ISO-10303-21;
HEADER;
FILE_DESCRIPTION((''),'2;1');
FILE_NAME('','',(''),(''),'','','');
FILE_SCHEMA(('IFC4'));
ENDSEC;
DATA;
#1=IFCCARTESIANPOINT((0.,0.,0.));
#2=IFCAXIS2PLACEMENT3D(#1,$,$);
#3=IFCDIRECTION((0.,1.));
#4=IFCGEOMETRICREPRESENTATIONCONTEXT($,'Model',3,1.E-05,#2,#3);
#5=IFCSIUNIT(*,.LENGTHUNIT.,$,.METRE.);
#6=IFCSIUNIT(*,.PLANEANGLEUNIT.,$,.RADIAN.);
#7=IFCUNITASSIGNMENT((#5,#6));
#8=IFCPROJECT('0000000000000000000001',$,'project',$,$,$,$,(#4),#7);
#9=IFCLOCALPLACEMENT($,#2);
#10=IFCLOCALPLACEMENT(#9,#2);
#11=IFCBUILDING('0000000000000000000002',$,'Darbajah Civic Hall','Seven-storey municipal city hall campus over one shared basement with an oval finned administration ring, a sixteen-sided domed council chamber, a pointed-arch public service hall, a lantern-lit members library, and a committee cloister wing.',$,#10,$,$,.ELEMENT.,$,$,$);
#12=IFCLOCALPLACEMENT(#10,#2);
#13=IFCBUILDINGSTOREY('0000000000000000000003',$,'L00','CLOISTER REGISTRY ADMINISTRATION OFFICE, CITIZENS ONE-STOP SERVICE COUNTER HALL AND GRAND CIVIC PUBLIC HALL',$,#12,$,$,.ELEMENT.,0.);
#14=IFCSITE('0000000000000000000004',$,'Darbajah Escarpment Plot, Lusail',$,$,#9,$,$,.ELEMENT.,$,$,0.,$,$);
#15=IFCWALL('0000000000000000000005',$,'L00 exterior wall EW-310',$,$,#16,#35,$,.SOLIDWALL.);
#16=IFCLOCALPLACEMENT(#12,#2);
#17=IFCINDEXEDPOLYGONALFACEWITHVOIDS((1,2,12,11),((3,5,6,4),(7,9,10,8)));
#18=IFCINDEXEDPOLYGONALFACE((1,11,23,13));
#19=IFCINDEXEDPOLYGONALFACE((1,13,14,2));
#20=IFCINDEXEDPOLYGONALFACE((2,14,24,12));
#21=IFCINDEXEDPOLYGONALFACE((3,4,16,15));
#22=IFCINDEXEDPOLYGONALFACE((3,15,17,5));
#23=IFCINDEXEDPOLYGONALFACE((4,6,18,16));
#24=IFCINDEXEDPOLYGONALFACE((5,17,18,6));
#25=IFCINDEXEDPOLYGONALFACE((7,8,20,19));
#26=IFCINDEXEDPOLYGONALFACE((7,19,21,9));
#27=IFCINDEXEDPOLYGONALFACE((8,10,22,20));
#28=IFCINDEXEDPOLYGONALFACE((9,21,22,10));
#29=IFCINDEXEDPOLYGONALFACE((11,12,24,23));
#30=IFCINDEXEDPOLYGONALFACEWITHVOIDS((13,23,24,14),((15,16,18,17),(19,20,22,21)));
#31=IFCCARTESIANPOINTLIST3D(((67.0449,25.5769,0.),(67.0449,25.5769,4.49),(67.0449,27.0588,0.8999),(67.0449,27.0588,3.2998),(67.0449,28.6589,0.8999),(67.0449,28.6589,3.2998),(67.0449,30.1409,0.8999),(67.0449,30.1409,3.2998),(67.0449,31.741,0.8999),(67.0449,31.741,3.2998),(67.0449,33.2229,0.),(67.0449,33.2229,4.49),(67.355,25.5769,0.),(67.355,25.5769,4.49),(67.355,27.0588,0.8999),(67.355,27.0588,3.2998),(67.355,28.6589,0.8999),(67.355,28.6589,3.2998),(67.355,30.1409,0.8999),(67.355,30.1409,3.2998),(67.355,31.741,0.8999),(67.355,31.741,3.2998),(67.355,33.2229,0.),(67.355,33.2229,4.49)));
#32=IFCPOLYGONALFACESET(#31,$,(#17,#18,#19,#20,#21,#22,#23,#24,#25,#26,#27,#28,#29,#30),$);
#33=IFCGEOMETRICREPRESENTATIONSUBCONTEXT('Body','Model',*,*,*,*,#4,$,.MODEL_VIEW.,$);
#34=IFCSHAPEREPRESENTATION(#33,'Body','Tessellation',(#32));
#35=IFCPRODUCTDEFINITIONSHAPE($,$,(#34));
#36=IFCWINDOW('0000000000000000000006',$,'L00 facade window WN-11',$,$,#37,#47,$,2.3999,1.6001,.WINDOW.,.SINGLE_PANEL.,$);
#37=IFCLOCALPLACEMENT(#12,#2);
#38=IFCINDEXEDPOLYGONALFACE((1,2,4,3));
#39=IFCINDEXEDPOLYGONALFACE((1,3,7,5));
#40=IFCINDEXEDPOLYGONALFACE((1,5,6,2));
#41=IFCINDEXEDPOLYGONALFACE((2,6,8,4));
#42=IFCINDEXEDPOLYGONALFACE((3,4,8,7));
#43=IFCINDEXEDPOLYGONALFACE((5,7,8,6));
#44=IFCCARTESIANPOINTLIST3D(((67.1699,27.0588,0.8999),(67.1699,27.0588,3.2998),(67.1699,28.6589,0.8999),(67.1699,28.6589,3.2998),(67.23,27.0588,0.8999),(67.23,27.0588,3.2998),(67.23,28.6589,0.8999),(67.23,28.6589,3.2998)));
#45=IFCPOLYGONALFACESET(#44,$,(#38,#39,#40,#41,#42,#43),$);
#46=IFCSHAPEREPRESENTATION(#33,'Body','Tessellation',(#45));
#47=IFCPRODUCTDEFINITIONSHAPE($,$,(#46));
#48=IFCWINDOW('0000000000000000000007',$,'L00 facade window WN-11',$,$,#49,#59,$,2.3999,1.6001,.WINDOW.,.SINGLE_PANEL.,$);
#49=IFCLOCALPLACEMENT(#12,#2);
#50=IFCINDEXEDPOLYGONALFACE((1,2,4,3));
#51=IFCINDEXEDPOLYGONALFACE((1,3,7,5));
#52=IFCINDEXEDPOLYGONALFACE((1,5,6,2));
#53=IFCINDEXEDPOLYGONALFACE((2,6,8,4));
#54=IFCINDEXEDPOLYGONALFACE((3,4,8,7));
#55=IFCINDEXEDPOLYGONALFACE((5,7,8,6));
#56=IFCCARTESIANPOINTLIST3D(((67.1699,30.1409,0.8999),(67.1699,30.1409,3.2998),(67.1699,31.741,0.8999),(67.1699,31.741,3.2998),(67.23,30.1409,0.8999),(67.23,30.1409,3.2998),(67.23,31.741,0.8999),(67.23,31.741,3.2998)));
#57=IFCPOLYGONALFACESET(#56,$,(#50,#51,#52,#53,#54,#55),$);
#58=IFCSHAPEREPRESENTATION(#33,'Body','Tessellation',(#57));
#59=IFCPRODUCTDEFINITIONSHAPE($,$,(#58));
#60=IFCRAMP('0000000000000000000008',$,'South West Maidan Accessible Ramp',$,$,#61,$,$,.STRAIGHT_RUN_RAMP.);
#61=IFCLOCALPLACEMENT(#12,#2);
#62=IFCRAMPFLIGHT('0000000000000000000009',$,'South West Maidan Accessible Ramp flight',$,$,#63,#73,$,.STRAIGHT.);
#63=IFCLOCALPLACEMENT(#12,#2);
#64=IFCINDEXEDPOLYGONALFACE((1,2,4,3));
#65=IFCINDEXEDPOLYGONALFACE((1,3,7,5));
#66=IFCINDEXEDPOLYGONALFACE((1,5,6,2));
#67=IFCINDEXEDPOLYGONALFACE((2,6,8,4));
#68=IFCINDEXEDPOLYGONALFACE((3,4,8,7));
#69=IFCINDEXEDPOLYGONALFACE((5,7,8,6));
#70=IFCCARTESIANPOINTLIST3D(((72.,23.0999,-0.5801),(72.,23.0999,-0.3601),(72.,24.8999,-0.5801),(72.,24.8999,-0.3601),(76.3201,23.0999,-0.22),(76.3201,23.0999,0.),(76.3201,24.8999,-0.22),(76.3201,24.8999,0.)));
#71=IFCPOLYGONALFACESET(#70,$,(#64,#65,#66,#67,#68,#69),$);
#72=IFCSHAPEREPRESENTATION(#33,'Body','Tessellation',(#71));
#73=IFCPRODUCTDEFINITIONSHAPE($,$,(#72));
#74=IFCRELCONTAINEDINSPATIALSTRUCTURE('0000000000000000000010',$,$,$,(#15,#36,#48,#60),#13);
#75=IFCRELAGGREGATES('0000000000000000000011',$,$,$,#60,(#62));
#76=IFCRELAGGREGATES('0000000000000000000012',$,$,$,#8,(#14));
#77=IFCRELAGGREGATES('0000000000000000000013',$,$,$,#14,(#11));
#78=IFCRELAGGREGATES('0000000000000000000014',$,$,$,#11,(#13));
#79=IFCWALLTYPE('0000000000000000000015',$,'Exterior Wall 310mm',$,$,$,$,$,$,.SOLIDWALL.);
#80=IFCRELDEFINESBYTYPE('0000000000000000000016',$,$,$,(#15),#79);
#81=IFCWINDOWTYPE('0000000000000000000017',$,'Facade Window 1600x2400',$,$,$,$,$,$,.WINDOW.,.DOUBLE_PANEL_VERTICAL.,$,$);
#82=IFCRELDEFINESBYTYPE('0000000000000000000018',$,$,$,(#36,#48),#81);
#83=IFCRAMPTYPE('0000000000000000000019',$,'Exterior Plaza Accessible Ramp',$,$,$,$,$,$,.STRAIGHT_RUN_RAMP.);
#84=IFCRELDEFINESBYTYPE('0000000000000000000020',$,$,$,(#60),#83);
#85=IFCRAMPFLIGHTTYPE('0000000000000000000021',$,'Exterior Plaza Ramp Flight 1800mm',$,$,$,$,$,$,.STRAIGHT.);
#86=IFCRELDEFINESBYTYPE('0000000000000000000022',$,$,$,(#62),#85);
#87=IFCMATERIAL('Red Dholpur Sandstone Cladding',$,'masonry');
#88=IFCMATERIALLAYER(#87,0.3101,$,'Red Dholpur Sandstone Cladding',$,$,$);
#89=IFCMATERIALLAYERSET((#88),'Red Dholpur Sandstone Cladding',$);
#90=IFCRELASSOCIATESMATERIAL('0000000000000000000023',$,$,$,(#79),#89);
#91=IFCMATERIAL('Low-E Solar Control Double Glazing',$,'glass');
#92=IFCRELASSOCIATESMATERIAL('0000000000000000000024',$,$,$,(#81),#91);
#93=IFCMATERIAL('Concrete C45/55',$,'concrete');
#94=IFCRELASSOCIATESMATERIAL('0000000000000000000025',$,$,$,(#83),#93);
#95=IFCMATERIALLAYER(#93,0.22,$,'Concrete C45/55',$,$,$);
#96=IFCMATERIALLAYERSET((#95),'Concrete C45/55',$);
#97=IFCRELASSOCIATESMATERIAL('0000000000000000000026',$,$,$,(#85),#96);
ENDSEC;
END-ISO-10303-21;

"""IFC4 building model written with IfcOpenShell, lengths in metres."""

from ifc_helpers import new_model, si_unit, direction, frame, frame_2d, origin, place, context, subcontext, project, spatial, polyline, rectangle, outline, extrude, material, layer, layer_set, type_object, element, fill, aggregate, save


model = new_model("IFC4")

# Units and contexts
model_context = context("Model", 3, precision=1e-05, world=origin(), true_north=direction((0.0, 1.0)))
body_context = subcontext(model_context, "Body", "Model", "MODEL_VIEW")
ifc_project = project(units=[si_unit("LENGTHUNIT", "METRE"), si_unit("PLANEANGLEUNIT", "RADIAN")], contexts=[model_context])

# Site, building, storey
site_placement = place(None, origin())
site = spatial("IfcSite", under=ifc_project, at=site_placement, Name="Darbajah Escarpment Plot, Lusail", CompositionType="ELEMENT", RefElevation=0.0)
building_placement = place(site_placement, origin())
building = spatial("IfcBuilding", under=site, at=building_placement, Name="Darbajah Civic Hall", Description="Seven-storey municipal city hall campus over one shared basement with an oval finned administration ring, a sixteen-sided domed council chamber, a pointed-arch public service hall, a lantern-lit members library, and a committee cloister wing.", CompositionType="ELEMENT")
storey_placement = place(building_placement, origin())
storey = spatial("IfcBuildingStorey", under=building, at=storey_placement, Name="L00", Description="CLOISTER REGISTRY ADMINISTRATION OFFICE, CITIZENS ONE-STOP SERVICE COUNTER HALL AND GRAND CIVIC PUBLIC HALL", CompositionType="ELEMENT", Elevation=0.0)

# Shared definitions
ifc_material_1 = material(Name="Concrete C45/55", Category="concrete")

# Wall, openings, windows
ifc_material_2 = material(Name="Red Dholpur Sandstone Cladding", Category="masonry")
ifc_layer_1 = layer(ifc_material_2, 0.3101, Name="Red Dholpur Sandstone Cladding")
ifc_layer_set_1 = layer_set([ifc_layer_1], Name="Red Dholpur Sandstone Cladding")
wall_type = type_object("IfcWallType", Name="Exterior Wall 310mm", PredefinedType="SOLIDWALL", material=ifc_layer_set_1)
ifc_material_3 = material(Name="Low-E Solar Control Double Glazing", Category="glass")
wall_1_placement = place(storey_placement, frame((67.2, 25.5769, 0.0), z_axis=(0.0, 0.0, 1.0), x_axis=(0.0, 1.0, 0.0)))
wall_1 = element("IfcWall", 1, at=wall_1_placement, inside=storey, type_object=wall_type, Name="L00 exterior wall EW-310", PredefinedType="SOLIDWALL", context=body_context, shape_type="SweptSolid", body=[
    extrude(rectangle(XDim=7.646, YDim=0.3101, at=frame_2d((3.823, 0.0))), origin(), (0.0, 0.0, 1.0), 4.49),
])
opening_1_placement = place(wall_1_placement, frame((1.4819, 0.0, 0.8999)))
opening_1 = element("IfcOpeningElement", 2, at=opening_1_placement, cuts=wall_1, PredefinedType="OPENING", context=body_context, shape_type="SweptSolid", body=[
    extrude(rectangle(XDim=1.6001, YDim=2.3999, at=frame_2d((0.8, 1.2))), frame((0.0, 0.165, 0.0), z_axis=(0.0, -1.0, 0.0), x_axis=(1.0, 0.0, 0.0)), (0.0, 0.0, 1.0), 0.3301),
])
opening_2_placement = place(wall_1_placement, frame((4.564, 0.0, 0.8999)))
opening_2 = element("IfcOpeningElement", 3, at=opening_2_placement, cuts=wall_1, PredefinedType="OPENING", context=body_context, shape_type="SweptSolid", body=[
    extrude(rectangle(XDim=1.6001, YDim=2.3999, at=frame_2d((0.8, 1.2))), frame((0.0, 0.165, 0.0), z_axis=(0.0, -1.0, 0.0), x_axis=(1.0, 0.0, 0.0)), (0.0, 0.0, 1.0), 0.3301),
])
window_type_1 = type_object("IfcWindowType", Name="Facade Window 1600x2400", PartitioningType="DOUBLE_PANEL_VERTICAL", PredefinedType="WINDOW", material=ifc_material_3)
window_1_placement = place(opening_1_placement, origin())
window_1 = element("IfcWindow", 4, at=window_1_placement, inside=storey, type_object=window_type_1, Name="L00 facade window WN-11", OverallHeight=2.3999, OverallWidth=1.6001, PartitioningType="SINGLE_PANEL", PredefinedType="WINDOW", context=body_context, shape_type="SweptSolid", body=[
    extrude(rectangle(XDim=1.6001, YDim=2.3999, at=frame_2d((0.8, 1.2))), frame((0.0, 0.03, 0.0), z_axis=(0.0, -1.0, 0.0), x_axis=(1.0, 0.0, 0.0)), (0.0, 0.0, 1.0), 0.0601),
])
fill(opening_1, window_1)
window_2_placement = place(opening_2_placement, origin())
window_2 = element("IfcWindow", 5, at=window_2_placement, inside=storey, type_object=window_type_1, Name="L00 facade window WN-11", OverallHeight=2.3999, OverallWidth=1.6001, PartitioningType="SINGLE_PANEL", PredefinedType="WINDOW", context=body_context, shape_type="SweptSolid", body=[
    extrude(rectangle(XDim=1.6001, YDim=2.3999, at=frame_2d((0.8, 1.2))), frame((0.0, 0.03, 0.0), z_axis=(0.0, -1.0, 0.0), x_axis=(1.0, 0.0, 0.0)), (0.0, 0.0, 1.0), 0.0601),
])
fill(opening_2, window_2)

# Ramp, ramp flight
ramp_type = type_object("IfcRampType", Name="Exterior Plaza Accessible Ramp", PredefinedType="STRAIGHT_RUN_RAMP", material=ifc_material_1)
ramp_placement = place(storey_placement, origin())
ramp = element("IfcRamp", 6, at=ramp_placement, inside=storey, type_object=ramp_type, Name="South West Maidan Accessible Ramp", PredefinedType="STRAIGHT_RUN_RAMP")
ifc_layer_2 = layer(ifc_material_1, 0.22, Name="Concrete C45/55")
ifc_layer_set_2 = layer_set([ifc_layer_2], Name="Concrete C45/55")
ramp_flight_type = type_object("IfcRampFlightType", Name="Exterior Plaza Ramp Flight 1800mm", PredefinedType="STRAIGHT", material=ifc_layer_set_2)
ramp_flight_placement = place(storey_placement, frame((72.0, 24.0, -0.3601), z_axis=(0.0, 0.0, 1.0), x_axis=(1.0, 0.0, 0.0)))
ramp_flight = element("IfcRampFlight", 7, at=ramp_flight_placement, type_object=ramp_flight_type, Name="South West Maidan Accessible Ramp flight", PredefinedType="STRAIGHT", context=body_context, shape_type="SweptSolid", body=[
    extrude(outline(polyline([(0.0, 0.0), (4.3201, 0.3601), (4.3201, 0.1401), (0.0, -0.22), (0.0, 0.0)])), frame((0.0, 0.8999, 0.0), z_axis=(0.0, -1.0, 0.0), x_axis=(1.0, 0.0, 0.0)), (0.0, 0.0, 1.0), 1.8),
])
aggregate(ramp, [ramp_flight])

save(model, "model.ifc")
